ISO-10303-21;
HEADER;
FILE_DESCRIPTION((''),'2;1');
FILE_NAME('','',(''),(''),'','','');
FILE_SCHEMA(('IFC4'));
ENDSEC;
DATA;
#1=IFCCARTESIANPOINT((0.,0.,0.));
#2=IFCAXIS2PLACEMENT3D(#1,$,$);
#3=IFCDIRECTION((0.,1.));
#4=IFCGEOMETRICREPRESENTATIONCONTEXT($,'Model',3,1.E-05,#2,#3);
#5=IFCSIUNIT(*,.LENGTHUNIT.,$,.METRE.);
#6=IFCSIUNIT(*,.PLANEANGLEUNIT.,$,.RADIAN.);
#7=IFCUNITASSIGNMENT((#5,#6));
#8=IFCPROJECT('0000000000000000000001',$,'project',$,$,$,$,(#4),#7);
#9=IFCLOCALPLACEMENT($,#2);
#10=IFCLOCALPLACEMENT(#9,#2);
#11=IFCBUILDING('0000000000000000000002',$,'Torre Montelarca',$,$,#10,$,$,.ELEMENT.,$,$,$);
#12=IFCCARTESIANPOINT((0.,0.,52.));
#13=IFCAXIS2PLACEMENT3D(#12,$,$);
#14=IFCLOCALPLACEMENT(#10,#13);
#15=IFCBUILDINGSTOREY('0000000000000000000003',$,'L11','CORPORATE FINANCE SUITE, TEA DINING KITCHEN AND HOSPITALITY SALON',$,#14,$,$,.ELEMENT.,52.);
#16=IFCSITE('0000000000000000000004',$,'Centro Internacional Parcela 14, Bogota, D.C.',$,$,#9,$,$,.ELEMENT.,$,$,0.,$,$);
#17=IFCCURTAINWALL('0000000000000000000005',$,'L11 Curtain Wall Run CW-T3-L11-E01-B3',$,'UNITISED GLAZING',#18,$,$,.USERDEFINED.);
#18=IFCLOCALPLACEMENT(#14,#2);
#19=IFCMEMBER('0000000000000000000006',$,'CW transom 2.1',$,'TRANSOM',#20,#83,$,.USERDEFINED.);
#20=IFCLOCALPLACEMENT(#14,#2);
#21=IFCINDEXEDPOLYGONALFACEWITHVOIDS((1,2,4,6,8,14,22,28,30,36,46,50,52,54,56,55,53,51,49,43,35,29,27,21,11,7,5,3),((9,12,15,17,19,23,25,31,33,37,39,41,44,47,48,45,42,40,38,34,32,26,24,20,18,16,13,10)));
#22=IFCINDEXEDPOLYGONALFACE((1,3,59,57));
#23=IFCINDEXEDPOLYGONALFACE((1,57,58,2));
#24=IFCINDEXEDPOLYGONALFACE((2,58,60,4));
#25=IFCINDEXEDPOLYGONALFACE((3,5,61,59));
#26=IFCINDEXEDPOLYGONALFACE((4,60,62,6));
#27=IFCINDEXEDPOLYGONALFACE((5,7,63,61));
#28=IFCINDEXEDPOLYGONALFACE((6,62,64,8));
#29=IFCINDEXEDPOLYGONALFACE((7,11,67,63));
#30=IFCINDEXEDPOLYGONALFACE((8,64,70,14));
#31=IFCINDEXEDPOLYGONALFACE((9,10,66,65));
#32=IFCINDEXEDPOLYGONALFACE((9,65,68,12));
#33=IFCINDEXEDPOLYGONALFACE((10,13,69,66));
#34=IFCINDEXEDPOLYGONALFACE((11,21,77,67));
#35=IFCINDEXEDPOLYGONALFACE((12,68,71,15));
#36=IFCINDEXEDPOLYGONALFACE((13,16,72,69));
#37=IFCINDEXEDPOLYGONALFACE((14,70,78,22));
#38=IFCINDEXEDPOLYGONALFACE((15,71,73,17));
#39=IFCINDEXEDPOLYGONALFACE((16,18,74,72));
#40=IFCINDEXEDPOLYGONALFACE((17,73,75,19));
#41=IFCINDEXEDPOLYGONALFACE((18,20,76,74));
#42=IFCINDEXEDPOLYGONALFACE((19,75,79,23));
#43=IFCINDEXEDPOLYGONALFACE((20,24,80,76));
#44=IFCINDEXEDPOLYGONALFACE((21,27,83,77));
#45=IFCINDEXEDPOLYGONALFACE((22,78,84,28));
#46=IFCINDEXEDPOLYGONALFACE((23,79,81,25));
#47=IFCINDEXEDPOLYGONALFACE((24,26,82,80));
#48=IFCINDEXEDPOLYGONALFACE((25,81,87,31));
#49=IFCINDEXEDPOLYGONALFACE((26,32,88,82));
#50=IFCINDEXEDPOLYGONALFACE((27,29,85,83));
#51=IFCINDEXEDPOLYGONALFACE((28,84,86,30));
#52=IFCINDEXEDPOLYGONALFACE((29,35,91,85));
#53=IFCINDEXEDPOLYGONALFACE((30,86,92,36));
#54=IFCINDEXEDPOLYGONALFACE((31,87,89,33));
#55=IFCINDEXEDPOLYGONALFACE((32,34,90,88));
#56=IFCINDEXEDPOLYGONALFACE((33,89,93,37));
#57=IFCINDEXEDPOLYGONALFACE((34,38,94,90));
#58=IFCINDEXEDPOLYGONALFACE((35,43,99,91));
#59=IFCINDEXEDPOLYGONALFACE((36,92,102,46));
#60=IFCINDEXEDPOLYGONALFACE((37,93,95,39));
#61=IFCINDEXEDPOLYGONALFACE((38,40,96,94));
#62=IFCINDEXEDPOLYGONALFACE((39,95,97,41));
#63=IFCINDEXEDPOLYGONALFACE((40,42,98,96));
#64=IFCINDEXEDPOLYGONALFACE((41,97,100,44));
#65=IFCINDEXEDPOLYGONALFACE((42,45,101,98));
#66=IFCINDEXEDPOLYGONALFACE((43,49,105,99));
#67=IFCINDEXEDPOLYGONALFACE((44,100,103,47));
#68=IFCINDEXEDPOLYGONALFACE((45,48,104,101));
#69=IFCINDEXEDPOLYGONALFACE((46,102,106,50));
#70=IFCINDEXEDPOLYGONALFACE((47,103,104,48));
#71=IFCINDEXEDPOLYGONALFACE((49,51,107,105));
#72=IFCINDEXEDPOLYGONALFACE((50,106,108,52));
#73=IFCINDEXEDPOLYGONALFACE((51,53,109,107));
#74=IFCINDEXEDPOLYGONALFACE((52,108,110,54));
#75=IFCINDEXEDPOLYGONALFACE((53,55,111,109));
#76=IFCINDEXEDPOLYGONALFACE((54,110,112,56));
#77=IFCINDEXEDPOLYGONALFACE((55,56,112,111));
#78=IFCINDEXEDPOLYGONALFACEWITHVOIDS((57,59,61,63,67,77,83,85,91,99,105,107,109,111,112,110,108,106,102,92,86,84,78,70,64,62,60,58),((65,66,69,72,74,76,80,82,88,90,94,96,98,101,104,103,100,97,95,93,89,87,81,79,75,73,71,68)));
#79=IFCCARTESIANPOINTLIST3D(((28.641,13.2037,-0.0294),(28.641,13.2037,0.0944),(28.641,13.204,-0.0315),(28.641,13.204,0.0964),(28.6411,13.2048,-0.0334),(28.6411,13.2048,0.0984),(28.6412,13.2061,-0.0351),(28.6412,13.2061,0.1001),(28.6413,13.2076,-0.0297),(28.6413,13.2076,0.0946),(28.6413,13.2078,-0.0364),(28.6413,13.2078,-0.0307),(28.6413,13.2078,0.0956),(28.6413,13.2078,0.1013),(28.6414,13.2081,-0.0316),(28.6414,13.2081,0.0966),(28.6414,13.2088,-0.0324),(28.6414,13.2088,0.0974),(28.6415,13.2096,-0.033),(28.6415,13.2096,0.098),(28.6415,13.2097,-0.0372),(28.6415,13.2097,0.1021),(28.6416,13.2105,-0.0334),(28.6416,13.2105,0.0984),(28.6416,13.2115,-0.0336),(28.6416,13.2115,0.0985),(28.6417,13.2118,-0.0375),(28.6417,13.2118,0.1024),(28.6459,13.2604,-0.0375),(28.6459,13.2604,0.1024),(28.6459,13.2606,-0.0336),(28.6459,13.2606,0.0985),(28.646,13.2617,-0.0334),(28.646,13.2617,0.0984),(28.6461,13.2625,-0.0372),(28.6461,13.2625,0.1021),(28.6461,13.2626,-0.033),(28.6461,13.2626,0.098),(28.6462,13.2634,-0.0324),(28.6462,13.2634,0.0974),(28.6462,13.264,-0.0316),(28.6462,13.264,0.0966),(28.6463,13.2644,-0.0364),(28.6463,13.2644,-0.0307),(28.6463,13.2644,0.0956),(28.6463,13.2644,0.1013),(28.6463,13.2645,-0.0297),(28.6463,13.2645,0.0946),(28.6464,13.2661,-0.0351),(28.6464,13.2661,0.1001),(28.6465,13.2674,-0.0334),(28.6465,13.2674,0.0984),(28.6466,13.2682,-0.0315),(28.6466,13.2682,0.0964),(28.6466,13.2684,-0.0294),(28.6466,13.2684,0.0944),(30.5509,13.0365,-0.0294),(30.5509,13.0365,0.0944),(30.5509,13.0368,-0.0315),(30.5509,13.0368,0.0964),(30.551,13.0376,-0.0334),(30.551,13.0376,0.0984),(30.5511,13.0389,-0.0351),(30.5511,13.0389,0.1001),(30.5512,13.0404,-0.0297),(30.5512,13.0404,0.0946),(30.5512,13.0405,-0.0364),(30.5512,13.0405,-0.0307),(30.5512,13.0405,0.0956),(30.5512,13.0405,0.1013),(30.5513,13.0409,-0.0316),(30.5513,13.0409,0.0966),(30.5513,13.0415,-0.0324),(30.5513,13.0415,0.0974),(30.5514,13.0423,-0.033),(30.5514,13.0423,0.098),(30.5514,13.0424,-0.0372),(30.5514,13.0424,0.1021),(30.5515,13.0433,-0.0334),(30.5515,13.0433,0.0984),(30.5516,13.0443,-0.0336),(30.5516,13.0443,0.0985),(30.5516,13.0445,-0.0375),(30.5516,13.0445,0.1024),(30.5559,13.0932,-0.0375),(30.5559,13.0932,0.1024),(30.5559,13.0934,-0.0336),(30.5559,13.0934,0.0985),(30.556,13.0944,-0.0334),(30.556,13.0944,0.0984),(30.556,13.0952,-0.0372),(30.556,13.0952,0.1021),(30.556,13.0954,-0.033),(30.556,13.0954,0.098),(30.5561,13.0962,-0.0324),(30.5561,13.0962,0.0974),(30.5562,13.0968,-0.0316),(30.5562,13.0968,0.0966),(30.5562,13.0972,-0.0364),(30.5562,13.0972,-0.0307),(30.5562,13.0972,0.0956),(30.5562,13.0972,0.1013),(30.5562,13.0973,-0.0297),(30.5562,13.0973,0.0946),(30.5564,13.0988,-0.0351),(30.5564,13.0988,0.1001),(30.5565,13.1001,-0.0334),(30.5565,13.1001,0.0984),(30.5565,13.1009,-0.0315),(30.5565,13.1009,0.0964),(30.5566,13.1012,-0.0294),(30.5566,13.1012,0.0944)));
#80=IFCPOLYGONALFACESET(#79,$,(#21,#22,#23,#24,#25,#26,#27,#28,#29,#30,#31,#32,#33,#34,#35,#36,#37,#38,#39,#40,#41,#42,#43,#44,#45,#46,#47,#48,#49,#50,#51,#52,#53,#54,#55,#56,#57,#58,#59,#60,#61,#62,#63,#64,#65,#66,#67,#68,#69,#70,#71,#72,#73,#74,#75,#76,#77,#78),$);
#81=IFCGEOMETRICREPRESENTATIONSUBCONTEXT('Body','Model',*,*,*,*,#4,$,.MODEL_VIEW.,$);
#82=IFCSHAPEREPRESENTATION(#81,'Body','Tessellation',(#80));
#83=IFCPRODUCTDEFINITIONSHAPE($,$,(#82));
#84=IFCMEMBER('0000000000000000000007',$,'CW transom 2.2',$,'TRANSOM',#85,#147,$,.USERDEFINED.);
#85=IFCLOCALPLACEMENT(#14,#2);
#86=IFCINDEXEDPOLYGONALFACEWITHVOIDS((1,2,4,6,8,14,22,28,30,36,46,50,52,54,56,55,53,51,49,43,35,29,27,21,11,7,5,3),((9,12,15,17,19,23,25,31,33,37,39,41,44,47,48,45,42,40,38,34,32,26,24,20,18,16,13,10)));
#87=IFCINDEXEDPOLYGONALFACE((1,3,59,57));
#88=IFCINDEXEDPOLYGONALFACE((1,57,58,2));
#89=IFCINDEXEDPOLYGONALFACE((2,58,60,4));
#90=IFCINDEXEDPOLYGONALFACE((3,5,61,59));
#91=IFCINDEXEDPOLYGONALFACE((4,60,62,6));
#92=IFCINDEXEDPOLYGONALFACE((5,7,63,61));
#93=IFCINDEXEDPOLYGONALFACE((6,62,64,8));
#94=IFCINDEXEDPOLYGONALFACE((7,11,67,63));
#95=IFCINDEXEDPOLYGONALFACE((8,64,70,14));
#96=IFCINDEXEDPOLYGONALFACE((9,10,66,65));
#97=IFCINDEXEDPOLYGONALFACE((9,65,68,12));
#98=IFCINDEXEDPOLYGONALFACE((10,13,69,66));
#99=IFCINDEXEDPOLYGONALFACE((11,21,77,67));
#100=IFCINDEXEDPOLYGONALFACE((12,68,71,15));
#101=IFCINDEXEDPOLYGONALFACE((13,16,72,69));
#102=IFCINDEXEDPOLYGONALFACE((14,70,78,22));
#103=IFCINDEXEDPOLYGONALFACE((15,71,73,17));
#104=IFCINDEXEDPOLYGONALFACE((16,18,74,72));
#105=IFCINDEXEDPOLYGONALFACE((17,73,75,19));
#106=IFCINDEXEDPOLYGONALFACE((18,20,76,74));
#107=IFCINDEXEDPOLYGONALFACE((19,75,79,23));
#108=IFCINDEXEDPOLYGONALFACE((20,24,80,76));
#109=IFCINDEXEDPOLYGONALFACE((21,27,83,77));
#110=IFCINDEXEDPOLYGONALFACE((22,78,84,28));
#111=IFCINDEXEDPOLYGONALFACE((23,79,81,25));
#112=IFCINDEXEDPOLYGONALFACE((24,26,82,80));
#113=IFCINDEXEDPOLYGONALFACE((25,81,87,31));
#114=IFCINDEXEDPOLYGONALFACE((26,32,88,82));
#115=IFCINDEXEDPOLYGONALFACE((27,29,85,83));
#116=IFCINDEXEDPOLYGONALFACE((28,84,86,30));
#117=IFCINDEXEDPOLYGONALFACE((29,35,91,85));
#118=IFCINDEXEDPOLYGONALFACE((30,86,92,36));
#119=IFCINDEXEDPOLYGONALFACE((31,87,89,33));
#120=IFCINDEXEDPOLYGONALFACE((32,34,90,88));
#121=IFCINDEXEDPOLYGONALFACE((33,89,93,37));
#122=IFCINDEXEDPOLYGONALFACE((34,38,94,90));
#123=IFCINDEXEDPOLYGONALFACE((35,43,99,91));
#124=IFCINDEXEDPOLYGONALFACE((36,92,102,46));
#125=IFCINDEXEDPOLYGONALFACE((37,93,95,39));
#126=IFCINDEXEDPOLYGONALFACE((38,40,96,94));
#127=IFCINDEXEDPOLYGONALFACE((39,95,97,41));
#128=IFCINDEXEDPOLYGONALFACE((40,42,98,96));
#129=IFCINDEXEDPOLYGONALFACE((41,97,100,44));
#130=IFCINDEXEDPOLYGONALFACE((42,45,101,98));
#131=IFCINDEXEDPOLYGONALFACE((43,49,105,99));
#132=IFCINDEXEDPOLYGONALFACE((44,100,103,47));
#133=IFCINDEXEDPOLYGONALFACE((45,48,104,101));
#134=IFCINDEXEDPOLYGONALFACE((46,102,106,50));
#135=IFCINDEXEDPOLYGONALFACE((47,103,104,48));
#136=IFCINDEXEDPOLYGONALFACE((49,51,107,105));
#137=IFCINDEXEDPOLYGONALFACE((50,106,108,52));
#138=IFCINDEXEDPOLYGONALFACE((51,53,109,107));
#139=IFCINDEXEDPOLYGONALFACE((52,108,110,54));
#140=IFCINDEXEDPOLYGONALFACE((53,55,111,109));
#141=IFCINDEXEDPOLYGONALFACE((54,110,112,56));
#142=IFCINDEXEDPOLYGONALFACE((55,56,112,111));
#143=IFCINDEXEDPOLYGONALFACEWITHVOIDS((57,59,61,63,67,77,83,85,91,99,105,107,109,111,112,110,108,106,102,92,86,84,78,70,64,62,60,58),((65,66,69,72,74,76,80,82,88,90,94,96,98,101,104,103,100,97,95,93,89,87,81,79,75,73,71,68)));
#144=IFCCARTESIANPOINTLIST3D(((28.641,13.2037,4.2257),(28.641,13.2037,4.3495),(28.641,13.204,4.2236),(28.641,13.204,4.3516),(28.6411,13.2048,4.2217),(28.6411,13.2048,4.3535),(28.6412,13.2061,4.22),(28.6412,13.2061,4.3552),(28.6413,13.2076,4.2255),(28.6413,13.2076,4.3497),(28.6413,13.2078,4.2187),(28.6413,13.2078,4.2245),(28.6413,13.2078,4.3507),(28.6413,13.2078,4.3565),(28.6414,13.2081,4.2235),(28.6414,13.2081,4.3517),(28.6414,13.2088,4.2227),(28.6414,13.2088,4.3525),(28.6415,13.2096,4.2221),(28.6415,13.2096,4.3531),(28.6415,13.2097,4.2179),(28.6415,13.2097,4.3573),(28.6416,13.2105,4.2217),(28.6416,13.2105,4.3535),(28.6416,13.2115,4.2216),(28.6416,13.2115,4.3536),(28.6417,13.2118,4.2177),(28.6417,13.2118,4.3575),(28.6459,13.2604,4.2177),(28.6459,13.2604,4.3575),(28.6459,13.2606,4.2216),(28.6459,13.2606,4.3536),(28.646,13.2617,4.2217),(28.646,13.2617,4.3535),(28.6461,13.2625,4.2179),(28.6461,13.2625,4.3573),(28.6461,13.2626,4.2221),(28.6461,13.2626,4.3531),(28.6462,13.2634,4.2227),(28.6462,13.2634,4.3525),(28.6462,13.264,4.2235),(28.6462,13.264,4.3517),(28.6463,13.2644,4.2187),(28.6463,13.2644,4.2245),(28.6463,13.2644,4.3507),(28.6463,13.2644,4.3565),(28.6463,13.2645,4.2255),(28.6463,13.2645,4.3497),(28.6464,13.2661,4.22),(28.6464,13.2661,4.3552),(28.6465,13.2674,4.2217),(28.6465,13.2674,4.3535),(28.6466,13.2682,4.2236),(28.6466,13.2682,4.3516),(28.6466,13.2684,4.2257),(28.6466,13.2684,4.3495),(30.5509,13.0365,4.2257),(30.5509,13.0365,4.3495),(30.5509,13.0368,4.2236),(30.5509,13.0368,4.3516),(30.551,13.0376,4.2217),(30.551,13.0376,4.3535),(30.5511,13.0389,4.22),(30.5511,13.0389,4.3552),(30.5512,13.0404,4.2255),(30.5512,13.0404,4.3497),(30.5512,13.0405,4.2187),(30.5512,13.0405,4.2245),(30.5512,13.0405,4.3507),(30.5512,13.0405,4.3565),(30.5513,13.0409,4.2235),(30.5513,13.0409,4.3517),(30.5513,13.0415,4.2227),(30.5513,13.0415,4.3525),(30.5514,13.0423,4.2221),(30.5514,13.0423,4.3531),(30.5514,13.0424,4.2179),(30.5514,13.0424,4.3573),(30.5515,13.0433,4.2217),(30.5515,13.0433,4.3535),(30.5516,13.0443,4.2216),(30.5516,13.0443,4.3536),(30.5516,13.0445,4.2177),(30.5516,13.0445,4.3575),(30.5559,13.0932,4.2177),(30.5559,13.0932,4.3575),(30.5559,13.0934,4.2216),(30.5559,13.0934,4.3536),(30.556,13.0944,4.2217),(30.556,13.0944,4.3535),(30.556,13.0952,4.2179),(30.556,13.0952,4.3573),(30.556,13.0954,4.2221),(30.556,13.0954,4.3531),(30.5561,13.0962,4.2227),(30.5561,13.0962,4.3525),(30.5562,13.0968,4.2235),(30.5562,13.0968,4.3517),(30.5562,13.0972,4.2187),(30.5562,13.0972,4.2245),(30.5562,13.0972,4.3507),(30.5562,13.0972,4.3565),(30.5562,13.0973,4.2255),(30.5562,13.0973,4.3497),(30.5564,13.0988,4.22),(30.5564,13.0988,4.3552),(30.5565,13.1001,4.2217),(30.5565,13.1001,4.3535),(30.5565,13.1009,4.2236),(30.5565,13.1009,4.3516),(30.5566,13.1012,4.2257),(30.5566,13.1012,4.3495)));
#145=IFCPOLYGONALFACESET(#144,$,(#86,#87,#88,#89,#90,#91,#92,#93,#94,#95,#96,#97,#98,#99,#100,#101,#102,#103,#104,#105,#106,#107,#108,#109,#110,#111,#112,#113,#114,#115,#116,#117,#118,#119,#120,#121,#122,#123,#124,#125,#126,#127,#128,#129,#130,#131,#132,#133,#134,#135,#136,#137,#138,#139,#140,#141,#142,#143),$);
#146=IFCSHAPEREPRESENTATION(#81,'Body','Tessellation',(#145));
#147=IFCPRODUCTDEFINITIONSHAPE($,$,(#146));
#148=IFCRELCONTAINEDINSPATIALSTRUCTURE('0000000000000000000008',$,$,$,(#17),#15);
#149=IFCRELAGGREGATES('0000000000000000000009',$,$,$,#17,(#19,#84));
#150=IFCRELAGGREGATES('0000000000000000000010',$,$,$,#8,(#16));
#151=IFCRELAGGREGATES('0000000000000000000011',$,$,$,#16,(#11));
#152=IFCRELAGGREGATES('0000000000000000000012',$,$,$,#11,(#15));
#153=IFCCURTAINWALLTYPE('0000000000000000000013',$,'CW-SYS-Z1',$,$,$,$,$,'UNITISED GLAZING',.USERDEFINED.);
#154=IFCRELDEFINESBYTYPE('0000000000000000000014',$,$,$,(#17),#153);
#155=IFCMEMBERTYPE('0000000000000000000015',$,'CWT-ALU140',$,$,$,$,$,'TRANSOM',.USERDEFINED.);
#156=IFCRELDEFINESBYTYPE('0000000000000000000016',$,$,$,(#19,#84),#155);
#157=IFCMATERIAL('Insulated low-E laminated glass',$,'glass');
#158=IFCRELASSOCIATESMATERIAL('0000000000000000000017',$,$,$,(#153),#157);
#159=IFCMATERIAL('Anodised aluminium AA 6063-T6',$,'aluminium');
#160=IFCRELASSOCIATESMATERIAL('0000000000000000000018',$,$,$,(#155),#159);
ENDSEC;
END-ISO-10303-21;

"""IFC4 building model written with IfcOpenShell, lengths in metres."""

from ifc_helpers import new_model, si_unit, direction, frame, origin, origin_2d, place, context, subcontext, project, spatial, hollow_rectangle, extrude, source, transform, mapped, material, material_profile, profile_set, type_object, element, aggregate, save


model = new_model("IFC4")

# Units and contexts
model_context = context("Model", 3, precision=1e-05, world=origin(), true_north=direction((0.0, 1.0)))
body_context = subcontext(model_context, "Body", "Model", "MODEL_VIEW")
ifc_project = project(units=[si_unit("LENGTHUNIT", "METRE"), si_unit("PLANEANGLEUNIT", "RADIAN")], contexts=[model_context])

# Site, building, storey
site_placement = place(None, origin())
site = spatial("IfcSite", under=ifc_project, at=site_placement, Name="Centro Internacional Parcela 14, Bogota, D.C.", CompositionType="ELEMENT", RefElevation=0.0)
building_placement = place(site_placement, origin())
building = spatial("IfcBuilding", under=site, at=building_placement, Name="Torre Montelarca", CompositionType="ELEMENT")
storey_placement = place(building_placement, frame((0.0, 0.0, 52.0)))
storey = spatial("IfcBuildingStorey", under=building, at=storey_placement, Name="L11", Description="CORPORATE FINANCE SUITE, TEA DINING KITCHEN AND HOSPITALITY SALON", CompositionType="ELEMENT", Elevation=52.0)

# Shared definitions
ifc_material_1 = material(Name="Insulated low-E laminated glass", Category="glass")
curtain_wall_type = type_object("IfcCurtainWallType", Name="CW-SYS-Z1", ElementType="UNITISED GLAZING", PredefinedType="USERDEFINED", material=ifc_material_1)
ifc_material_2 = material(Name="Anodised aluminium AA 6063-T6", Category="aluminium")

# Curtain wall
curtain_wall_1_placement = place(storey_placement, origin())
curtain_wall_1 = element("IfcCurtainWall", 1, at=curtain_wall_1_placement, inside=storey, type_object=curtain_wall_type, Name="L11 Curtain Wall Run CW-T3-L11-E01-B3", ObjectType="UNITISED GLAZING", PredefinedType="USERDEFINED")

# Members
ifc_material_profile_1 = material_profile(ifc_material_2, hollow_rectangle(XDim=0.0649, YDim=0.1399, WallThickness=0.0039, InnerFilletRadius=0.0039, OuterFilletRadius=0.0081, at=origin_2d()), Name="ALU65X140X4", Category="aluminium")
ifc_profile_set_1 = profile_set([ifc_material_profile_1], Name="Anodised aluminium AA 6063-T6")
member_type_1 = type_object("IfcMemberType", Name="CWT-ALU140", ElementType="TRANSOM", PredefinedType="USERDEFINED", material=ifc_profile_set_1)
shared_shape_1 = source(origin(), body_context, "Body", "SweptSolid", [
    extrude(hollow_rectangle(XDim=0.0649, YDim=0.1399, WallThickness=0.0039, InnerFilletRadius=0.0039, OuterFilletRadius=0.0081, at=origin_2d()), origin(), (0.0, 0.0, 1.0), 1.9172),
])
member_1_placement = place(storey_placement, frame((28.6438, 13.2361, 0.0325), z_axis=(0.996188, -0.087229, 0.0), x_axis=(0.087229, 0.996188, 0.0)))
member_1 = element("IfcMember", 2, at=member_1_placement, type_object=member_type_1, Name="CW transom 2.1", ObjectType="TRANSOM", PredefinedType="USERDEFINED", context=body_context, shape_type="MappedRepresentation", body=[
    mapped(shared_shape_1, transform((0.0, 0.0, 0.0), scale=1.0)),
])
member_2_placement = place(storey_placement, frame((28.6438, 13.2361, 4.2876), z_axis=(0.996188, -0.087229, 0.0), x_axis=(0.087229, 0.996188, 0.0)))
member_2 = element("IfcMember", 3, at=member_2_placement, type_object=member_type_1, Name="CW transom 2.2", ObjectType="TRANSOM", PredefinedType="USERDEFINED", context=body_context, shape_type="MappedRepresentation", body=[
    mapped(shared_shape_1, transform((0.0, 0.0, 0.0), scale=1.0)),
])

aggregate(curtain_wall_1, [member_1, member_2])

save(model, "model.ifc")
